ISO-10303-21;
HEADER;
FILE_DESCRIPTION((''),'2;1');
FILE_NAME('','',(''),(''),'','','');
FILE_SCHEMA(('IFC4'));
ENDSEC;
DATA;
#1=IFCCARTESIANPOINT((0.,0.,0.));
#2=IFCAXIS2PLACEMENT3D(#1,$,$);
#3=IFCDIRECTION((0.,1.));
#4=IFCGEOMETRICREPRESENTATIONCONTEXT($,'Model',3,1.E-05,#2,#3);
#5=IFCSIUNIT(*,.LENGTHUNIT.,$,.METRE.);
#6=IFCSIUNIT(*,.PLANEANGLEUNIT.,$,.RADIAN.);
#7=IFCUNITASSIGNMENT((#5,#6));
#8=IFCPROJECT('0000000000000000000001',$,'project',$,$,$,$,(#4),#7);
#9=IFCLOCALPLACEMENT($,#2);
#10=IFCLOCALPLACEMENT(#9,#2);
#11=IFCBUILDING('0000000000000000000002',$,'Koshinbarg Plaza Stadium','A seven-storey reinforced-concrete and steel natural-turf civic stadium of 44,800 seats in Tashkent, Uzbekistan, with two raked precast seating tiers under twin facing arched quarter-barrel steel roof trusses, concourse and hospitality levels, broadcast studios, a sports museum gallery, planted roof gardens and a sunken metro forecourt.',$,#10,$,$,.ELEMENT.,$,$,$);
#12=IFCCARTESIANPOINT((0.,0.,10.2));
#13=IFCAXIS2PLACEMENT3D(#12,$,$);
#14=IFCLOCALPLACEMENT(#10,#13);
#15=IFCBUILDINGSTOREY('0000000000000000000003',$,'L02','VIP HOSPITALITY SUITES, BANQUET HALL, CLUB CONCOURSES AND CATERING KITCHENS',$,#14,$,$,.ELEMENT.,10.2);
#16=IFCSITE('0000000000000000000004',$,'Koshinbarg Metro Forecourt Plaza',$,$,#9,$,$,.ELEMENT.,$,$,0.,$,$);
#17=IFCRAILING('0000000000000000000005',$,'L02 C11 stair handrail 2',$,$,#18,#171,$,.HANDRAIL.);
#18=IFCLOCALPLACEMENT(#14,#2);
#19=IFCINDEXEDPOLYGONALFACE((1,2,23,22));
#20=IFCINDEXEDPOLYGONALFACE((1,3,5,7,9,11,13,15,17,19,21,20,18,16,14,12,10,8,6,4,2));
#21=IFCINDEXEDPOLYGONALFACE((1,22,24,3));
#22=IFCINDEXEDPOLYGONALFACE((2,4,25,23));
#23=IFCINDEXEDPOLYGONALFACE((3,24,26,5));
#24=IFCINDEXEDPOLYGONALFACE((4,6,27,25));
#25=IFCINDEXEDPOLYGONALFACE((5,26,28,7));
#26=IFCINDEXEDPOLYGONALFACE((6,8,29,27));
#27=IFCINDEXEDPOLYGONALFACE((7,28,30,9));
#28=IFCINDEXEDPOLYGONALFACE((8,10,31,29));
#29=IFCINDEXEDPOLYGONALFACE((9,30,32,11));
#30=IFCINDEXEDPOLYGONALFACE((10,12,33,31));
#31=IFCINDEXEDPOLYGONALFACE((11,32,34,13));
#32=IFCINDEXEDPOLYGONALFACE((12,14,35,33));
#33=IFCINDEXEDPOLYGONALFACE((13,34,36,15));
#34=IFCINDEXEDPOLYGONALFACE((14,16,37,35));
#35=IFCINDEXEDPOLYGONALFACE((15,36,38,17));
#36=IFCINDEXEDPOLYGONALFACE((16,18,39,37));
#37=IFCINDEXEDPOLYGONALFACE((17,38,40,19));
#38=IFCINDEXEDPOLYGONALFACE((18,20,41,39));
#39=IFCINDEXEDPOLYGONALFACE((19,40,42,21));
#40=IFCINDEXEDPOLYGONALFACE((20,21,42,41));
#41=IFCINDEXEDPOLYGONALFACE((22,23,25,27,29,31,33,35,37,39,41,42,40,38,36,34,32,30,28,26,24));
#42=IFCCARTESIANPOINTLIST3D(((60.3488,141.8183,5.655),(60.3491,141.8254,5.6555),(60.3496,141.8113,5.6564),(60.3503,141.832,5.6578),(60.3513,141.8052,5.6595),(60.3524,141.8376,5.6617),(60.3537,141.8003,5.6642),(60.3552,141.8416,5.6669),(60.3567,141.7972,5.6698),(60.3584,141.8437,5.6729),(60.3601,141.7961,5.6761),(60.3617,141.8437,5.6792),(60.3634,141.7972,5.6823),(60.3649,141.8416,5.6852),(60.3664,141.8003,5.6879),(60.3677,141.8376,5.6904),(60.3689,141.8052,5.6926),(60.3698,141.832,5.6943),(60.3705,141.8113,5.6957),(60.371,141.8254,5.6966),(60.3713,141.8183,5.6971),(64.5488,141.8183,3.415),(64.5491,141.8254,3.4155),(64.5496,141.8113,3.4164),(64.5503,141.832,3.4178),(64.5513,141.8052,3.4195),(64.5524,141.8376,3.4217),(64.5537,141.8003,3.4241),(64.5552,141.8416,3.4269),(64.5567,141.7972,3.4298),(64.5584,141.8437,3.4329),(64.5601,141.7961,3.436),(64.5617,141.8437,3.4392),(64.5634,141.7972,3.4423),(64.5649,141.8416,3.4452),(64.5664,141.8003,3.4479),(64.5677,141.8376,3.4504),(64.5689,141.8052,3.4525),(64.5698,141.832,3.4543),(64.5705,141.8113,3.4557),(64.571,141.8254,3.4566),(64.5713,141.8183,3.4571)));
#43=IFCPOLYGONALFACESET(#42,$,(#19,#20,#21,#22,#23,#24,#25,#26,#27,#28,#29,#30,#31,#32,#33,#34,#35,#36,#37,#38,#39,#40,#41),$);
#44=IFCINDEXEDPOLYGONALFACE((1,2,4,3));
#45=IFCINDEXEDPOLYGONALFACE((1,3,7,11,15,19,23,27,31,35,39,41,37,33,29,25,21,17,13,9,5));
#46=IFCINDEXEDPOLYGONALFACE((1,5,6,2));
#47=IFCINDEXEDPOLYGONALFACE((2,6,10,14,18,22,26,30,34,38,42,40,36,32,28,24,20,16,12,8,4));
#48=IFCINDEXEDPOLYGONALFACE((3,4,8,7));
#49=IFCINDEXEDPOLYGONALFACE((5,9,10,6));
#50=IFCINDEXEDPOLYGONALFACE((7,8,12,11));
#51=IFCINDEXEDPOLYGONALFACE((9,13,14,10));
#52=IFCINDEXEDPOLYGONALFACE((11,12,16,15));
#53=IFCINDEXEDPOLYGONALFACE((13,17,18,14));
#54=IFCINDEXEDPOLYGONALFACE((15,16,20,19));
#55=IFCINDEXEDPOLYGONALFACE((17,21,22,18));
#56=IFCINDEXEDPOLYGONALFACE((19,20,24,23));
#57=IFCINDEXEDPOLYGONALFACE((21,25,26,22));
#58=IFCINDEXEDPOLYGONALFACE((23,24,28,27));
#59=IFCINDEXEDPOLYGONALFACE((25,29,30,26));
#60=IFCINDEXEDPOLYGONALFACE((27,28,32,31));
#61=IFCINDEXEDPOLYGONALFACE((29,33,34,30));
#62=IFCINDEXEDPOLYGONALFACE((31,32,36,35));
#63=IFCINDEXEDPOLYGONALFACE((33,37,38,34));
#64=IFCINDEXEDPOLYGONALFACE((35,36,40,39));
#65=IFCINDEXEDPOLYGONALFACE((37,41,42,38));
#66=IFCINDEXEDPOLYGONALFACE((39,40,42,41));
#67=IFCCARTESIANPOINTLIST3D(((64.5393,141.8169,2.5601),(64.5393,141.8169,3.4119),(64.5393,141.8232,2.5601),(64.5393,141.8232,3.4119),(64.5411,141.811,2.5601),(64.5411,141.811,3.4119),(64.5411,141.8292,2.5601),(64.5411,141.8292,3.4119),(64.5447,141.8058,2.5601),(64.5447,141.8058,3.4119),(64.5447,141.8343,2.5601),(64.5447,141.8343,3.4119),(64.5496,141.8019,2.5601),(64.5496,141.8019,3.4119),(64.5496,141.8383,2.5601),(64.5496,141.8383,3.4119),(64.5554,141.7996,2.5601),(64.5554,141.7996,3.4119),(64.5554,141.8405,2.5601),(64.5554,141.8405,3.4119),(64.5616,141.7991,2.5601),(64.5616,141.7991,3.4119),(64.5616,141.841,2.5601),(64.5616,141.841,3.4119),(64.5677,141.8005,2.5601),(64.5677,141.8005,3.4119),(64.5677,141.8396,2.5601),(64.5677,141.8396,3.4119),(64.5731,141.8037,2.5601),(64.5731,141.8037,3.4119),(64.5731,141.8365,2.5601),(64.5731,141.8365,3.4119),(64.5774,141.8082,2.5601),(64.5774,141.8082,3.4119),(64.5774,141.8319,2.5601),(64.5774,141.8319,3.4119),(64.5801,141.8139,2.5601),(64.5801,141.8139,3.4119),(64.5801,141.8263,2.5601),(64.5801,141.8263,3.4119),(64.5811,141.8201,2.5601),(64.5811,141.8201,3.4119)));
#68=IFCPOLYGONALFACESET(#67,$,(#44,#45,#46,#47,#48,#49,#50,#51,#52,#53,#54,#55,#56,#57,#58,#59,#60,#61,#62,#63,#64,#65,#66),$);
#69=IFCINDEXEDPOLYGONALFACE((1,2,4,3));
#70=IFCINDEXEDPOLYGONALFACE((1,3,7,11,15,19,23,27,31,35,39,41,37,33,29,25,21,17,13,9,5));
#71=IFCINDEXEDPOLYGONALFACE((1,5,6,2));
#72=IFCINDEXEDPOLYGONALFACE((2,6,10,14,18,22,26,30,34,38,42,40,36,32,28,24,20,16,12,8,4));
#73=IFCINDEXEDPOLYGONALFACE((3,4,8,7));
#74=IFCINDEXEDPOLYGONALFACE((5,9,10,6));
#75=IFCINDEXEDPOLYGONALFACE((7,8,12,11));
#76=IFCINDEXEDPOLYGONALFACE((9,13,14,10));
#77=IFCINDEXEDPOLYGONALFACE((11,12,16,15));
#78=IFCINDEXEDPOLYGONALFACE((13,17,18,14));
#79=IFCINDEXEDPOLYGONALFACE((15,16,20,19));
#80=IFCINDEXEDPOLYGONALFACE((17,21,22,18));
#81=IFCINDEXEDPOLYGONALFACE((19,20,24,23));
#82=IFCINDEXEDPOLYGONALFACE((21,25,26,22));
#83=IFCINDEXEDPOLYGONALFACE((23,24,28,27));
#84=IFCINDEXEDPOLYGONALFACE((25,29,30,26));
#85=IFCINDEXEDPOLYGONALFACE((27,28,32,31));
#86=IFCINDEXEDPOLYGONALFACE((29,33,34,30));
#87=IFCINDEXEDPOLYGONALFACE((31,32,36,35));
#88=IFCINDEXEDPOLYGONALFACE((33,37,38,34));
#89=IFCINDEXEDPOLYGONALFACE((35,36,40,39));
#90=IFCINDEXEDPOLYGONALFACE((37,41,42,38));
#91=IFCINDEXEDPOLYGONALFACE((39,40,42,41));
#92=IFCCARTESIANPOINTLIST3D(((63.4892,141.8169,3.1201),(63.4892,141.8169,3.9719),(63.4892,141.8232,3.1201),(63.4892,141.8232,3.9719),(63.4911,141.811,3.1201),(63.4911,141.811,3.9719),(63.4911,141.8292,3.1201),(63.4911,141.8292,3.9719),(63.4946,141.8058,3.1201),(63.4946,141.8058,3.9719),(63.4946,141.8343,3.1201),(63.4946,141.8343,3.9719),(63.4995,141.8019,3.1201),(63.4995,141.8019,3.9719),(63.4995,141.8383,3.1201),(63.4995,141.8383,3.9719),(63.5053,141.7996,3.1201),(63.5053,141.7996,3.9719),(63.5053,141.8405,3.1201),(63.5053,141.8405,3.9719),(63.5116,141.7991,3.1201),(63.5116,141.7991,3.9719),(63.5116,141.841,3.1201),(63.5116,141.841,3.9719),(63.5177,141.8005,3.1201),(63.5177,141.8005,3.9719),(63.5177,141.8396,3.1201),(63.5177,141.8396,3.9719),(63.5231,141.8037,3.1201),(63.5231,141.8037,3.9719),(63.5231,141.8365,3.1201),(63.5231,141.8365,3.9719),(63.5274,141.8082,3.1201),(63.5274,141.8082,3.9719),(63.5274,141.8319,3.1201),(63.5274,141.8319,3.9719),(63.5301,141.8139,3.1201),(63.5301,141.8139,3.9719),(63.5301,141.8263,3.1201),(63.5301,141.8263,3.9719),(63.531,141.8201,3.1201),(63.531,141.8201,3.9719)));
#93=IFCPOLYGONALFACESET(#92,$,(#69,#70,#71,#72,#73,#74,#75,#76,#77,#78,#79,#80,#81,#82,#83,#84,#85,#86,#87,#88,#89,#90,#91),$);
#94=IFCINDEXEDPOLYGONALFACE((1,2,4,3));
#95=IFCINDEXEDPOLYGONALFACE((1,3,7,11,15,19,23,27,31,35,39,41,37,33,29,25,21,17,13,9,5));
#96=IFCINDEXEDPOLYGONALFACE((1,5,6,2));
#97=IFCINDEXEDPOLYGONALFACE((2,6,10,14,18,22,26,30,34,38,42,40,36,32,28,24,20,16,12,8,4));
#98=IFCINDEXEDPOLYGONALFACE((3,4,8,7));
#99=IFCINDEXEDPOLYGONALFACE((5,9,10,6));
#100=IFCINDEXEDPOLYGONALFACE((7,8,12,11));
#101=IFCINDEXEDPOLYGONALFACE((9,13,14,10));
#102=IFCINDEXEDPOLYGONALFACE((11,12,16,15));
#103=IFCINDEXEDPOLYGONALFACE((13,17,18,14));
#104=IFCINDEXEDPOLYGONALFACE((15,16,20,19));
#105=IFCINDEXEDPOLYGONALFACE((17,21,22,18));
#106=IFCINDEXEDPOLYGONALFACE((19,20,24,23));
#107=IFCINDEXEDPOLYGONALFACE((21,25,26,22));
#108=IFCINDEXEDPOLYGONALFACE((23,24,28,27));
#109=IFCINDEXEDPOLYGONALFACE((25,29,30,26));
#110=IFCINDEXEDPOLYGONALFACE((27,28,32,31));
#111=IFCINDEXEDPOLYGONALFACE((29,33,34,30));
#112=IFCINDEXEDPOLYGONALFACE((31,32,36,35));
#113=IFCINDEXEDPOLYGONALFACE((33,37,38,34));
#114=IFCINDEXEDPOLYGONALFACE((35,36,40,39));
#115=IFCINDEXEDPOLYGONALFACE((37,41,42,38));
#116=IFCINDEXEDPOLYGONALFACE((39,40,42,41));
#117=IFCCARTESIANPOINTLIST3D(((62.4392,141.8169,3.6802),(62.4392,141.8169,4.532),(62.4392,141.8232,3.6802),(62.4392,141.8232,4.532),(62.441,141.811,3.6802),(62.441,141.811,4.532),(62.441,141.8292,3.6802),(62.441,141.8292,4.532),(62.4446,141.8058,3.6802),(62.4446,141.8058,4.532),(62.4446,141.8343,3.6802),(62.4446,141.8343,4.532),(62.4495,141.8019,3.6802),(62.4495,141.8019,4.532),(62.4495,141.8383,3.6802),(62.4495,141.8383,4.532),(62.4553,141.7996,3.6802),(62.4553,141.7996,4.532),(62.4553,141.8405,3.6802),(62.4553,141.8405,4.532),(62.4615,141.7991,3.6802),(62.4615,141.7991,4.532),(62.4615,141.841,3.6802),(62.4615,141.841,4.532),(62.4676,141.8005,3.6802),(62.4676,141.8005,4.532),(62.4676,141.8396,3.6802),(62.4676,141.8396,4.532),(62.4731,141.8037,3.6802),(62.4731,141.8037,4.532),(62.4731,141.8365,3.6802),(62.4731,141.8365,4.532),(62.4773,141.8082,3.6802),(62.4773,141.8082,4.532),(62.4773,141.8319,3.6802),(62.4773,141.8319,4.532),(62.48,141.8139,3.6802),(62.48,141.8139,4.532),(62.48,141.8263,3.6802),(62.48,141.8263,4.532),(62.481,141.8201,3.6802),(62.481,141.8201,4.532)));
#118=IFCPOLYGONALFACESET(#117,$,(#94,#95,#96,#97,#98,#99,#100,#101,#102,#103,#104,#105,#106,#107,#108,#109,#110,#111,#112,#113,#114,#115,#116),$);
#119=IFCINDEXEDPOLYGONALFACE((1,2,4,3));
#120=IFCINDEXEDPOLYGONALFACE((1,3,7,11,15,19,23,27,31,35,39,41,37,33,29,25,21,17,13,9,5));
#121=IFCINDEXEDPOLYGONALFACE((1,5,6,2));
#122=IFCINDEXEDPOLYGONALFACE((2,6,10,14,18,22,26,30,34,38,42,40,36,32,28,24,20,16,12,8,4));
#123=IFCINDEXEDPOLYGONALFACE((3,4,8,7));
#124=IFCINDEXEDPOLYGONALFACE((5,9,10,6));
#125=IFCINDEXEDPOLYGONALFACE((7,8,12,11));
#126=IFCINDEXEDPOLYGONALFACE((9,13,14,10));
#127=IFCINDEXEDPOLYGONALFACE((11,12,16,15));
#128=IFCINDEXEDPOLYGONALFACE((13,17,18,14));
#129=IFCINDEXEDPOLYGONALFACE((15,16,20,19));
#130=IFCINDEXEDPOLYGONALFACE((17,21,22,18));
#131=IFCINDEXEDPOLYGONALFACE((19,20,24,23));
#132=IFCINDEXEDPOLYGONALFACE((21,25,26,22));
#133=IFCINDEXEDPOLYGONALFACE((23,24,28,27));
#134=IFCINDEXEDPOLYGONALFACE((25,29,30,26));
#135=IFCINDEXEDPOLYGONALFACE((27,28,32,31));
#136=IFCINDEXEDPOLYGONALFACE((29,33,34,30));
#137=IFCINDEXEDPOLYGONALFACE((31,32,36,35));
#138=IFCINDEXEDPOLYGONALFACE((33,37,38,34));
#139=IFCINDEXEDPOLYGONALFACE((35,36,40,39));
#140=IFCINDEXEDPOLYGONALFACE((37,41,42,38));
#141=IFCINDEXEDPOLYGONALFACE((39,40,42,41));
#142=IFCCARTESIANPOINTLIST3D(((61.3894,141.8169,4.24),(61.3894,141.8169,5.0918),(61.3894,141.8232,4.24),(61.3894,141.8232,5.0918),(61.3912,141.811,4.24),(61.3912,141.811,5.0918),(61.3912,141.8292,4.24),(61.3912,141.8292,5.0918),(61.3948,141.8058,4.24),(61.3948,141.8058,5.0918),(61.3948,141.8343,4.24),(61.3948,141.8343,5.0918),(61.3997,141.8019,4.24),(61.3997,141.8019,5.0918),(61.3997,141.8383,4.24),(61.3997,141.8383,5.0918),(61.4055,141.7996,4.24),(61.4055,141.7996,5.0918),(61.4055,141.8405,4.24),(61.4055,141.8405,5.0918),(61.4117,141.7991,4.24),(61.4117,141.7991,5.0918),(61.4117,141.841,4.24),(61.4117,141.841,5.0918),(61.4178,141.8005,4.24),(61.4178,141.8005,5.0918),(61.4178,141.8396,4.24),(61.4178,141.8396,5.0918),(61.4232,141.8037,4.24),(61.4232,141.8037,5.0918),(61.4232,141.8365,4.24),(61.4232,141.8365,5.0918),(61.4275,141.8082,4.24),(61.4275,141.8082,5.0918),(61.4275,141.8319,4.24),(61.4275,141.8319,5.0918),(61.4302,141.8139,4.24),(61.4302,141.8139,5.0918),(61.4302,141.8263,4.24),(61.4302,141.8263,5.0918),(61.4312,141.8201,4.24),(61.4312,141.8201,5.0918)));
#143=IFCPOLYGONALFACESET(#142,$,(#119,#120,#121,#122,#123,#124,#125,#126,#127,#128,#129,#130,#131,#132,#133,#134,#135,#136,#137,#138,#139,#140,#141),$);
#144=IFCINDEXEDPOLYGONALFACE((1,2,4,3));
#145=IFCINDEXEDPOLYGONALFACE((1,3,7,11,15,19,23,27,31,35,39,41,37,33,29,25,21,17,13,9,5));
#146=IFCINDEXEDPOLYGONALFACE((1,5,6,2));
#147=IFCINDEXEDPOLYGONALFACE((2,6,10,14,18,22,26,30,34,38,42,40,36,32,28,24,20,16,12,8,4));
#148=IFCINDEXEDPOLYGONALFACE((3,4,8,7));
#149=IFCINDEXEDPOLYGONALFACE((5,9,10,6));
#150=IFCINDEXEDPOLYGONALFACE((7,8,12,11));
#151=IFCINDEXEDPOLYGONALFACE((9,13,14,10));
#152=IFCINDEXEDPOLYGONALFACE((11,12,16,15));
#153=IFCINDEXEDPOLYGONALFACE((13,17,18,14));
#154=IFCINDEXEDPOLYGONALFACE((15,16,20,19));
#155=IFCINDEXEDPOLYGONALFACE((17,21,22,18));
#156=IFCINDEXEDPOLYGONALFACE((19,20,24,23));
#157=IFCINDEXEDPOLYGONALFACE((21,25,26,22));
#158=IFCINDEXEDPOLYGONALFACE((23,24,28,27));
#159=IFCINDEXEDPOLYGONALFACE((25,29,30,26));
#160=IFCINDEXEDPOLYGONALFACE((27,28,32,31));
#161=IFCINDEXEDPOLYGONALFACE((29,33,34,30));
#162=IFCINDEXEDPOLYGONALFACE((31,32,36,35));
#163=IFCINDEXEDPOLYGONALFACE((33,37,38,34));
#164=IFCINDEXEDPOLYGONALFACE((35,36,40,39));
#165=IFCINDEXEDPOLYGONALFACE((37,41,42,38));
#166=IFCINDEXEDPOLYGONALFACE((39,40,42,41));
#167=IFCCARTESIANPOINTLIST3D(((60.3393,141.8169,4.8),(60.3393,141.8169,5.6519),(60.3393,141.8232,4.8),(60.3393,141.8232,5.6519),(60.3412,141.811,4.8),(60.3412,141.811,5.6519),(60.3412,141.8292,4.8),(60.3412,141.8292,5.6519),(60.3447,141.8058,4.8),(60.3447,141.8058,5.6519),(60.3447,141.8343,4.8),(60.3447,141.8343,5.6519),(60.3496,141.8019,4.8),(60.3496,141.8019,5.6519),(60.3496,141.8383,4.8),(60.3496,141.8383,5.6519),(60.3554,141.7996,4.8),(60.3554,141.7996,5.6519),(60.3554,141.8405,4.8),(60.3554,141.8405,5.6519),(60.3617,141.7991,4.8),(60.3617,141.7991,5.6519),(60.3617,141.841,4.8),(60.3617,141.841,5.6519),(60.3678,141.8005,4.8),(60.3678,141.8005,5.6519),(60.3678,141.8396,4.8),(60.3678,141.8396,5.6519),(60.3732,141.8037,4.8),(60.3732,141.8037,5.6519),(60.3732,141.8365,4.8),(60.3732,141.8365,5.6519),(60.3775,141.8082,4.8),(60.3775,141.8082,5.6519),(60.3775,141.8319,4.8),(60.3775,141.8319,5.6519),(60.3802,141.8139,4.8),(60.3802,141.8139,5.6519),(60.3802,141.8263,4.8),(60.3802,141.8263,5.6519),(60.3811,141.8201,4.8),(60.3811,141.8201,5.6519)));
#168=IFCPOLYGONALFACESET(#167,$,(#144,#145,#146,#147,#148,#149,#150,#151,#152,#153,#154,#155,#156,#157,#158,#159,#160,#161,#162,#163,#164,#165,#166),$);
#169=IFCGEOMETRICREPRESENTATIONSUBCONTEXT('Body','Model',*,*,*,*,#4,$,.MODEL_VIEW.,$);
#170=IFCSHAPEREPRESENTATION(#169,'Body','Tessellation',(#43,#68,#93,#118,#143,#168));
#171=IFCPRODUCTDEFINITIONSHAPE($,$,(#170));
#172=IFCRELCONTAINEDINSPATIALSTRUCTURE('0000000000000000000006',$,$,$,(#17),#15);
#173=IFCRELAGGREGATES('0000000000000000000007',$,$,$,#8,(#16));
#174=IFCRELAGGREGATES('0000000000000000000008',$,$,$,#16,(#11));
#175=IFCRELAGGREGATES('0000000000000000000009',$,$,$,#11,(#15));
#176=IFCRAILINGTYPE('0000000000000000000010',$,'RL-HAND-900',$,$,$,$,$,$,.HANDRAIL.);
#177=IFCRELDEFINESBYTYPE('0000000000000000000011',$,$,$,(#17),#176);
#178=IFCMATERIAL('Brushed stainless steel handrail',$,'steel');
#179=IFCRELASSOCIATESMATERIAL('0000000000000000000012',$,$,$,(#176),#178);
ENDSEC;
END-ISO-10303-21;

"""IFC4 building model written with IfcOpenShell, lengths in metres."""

from ifc_helpers import new_model, si_unit, direction, frame, origin, origin_2d, place, context, subcontext, project, spatial, circle, extrude, material, type_object, element, save


model = new_model("IFC4")

# Units and contexts
model_context = context("Model", 3, precision=1e-05, world=origin(), true_north=direction((0.0, 1.0)))
body_context = subcontext(model_context, "Body", "Model", "MODEL_VIEW")
ifc_project = project(units=[si_unit("LENGTHUNIT", "METRE"), si_unit("PLANEANGLEUNIT", "RADIAN")], contexts=[model_context])

# Site, building, storey
site_placement = place(None, origin())
site = spatial("IfcSite", under=ifc_project, at=site_placement, Name="Koshinbarg Metro Forecourt Plaza", CompositionType="ELEMENT", RefElevation=0.0)
building_placement = place(site_placement, origin())
building = spatial("IfcBuilding", under=site, at=building_placement, Name="Koshinbarg Plaza Stadium", Description="A seven-storey reinforced-concrete and steel natural-turf civic stadium of 44,800 seats in Tashkent, Uzbekistan, with two raked precast seating tiers under twin facing arched quarter-barrel steel roof trusses, concourse and hospitality levels, broadcast studios, a sports museum gallery, planted roof gardens and a sunken metro forecourt.", CompositionType="ELEMENT")
storey_placement = place(building_placement, frame((0.0, 0.0, 10.2)))
storey = spatial("IfcBuildingStorey", under=building, at=storey_placement, Name="L02", Description="VIP HOSPITALITY SUITES, BANQUET HALL, CLUB CONCOURSES AND CATERING KITCHENS", CompositionType="ELEMENT", Elevation=10.2)

# Railing
ifc_material_1 = material(Name="Brushed stainless steel handrail", Category="steel")
railing_type_1 = type_object("IfcRailingType", Name="RL-HAND-900", PredefinedType="HANDRAIL", material=ifc_material_1)
railing_1_placement = place(storey_placement, frame((64.5601, 141.8201, 2.5601)))
element("IfcRailing", 1, at=railing_1_placement, inside=storey, type_object=railing_type_1, Name="L02 C11 stair handrail 2", PredefinedType="HANDRAIL", context=body_context, shape_type="SweptSolid", body=[
    extrude(circle(Radius=0.0239, at=origin_2d()), frame((0.0, 0.0, 0.876), z_axis=(-0.882352, 0.0, 0.470591), x_axis=(0.0, -1.0, 0.0)), (0.0, 0.0, 1.0), 4.76),
    extrude(circle(Radius=0.021, at=origin_2d()), origin(), (0.0, 0.0, 1.0), 0.8518),
    extrude(circle(Radius=0.021, at=origin_2d()), frame((-1.05, 0.0, 0.5601)), (0.0, 0.0, 1.0), 0.8518),
    extrude(circle(Radius=0.021, at=origin_2d()), frame((-2.1001, 0.0, 1.1201)), (0.0, 0.0, 1.0), 0.8518),
    extrude(circle(Radius=0.021, at=origin_2d()), frame((-3.1499, 0.0, 1.6799)), (0.0, 0.0, 1.0), 0.8518),
    extrude(circle(Radius=0.021, at=origin_2d()), frame((-4.2, 0.0, 2.24)), (0.0, 0.0, 1.0), 0.8518),
])

save(model, "model.ifc")
